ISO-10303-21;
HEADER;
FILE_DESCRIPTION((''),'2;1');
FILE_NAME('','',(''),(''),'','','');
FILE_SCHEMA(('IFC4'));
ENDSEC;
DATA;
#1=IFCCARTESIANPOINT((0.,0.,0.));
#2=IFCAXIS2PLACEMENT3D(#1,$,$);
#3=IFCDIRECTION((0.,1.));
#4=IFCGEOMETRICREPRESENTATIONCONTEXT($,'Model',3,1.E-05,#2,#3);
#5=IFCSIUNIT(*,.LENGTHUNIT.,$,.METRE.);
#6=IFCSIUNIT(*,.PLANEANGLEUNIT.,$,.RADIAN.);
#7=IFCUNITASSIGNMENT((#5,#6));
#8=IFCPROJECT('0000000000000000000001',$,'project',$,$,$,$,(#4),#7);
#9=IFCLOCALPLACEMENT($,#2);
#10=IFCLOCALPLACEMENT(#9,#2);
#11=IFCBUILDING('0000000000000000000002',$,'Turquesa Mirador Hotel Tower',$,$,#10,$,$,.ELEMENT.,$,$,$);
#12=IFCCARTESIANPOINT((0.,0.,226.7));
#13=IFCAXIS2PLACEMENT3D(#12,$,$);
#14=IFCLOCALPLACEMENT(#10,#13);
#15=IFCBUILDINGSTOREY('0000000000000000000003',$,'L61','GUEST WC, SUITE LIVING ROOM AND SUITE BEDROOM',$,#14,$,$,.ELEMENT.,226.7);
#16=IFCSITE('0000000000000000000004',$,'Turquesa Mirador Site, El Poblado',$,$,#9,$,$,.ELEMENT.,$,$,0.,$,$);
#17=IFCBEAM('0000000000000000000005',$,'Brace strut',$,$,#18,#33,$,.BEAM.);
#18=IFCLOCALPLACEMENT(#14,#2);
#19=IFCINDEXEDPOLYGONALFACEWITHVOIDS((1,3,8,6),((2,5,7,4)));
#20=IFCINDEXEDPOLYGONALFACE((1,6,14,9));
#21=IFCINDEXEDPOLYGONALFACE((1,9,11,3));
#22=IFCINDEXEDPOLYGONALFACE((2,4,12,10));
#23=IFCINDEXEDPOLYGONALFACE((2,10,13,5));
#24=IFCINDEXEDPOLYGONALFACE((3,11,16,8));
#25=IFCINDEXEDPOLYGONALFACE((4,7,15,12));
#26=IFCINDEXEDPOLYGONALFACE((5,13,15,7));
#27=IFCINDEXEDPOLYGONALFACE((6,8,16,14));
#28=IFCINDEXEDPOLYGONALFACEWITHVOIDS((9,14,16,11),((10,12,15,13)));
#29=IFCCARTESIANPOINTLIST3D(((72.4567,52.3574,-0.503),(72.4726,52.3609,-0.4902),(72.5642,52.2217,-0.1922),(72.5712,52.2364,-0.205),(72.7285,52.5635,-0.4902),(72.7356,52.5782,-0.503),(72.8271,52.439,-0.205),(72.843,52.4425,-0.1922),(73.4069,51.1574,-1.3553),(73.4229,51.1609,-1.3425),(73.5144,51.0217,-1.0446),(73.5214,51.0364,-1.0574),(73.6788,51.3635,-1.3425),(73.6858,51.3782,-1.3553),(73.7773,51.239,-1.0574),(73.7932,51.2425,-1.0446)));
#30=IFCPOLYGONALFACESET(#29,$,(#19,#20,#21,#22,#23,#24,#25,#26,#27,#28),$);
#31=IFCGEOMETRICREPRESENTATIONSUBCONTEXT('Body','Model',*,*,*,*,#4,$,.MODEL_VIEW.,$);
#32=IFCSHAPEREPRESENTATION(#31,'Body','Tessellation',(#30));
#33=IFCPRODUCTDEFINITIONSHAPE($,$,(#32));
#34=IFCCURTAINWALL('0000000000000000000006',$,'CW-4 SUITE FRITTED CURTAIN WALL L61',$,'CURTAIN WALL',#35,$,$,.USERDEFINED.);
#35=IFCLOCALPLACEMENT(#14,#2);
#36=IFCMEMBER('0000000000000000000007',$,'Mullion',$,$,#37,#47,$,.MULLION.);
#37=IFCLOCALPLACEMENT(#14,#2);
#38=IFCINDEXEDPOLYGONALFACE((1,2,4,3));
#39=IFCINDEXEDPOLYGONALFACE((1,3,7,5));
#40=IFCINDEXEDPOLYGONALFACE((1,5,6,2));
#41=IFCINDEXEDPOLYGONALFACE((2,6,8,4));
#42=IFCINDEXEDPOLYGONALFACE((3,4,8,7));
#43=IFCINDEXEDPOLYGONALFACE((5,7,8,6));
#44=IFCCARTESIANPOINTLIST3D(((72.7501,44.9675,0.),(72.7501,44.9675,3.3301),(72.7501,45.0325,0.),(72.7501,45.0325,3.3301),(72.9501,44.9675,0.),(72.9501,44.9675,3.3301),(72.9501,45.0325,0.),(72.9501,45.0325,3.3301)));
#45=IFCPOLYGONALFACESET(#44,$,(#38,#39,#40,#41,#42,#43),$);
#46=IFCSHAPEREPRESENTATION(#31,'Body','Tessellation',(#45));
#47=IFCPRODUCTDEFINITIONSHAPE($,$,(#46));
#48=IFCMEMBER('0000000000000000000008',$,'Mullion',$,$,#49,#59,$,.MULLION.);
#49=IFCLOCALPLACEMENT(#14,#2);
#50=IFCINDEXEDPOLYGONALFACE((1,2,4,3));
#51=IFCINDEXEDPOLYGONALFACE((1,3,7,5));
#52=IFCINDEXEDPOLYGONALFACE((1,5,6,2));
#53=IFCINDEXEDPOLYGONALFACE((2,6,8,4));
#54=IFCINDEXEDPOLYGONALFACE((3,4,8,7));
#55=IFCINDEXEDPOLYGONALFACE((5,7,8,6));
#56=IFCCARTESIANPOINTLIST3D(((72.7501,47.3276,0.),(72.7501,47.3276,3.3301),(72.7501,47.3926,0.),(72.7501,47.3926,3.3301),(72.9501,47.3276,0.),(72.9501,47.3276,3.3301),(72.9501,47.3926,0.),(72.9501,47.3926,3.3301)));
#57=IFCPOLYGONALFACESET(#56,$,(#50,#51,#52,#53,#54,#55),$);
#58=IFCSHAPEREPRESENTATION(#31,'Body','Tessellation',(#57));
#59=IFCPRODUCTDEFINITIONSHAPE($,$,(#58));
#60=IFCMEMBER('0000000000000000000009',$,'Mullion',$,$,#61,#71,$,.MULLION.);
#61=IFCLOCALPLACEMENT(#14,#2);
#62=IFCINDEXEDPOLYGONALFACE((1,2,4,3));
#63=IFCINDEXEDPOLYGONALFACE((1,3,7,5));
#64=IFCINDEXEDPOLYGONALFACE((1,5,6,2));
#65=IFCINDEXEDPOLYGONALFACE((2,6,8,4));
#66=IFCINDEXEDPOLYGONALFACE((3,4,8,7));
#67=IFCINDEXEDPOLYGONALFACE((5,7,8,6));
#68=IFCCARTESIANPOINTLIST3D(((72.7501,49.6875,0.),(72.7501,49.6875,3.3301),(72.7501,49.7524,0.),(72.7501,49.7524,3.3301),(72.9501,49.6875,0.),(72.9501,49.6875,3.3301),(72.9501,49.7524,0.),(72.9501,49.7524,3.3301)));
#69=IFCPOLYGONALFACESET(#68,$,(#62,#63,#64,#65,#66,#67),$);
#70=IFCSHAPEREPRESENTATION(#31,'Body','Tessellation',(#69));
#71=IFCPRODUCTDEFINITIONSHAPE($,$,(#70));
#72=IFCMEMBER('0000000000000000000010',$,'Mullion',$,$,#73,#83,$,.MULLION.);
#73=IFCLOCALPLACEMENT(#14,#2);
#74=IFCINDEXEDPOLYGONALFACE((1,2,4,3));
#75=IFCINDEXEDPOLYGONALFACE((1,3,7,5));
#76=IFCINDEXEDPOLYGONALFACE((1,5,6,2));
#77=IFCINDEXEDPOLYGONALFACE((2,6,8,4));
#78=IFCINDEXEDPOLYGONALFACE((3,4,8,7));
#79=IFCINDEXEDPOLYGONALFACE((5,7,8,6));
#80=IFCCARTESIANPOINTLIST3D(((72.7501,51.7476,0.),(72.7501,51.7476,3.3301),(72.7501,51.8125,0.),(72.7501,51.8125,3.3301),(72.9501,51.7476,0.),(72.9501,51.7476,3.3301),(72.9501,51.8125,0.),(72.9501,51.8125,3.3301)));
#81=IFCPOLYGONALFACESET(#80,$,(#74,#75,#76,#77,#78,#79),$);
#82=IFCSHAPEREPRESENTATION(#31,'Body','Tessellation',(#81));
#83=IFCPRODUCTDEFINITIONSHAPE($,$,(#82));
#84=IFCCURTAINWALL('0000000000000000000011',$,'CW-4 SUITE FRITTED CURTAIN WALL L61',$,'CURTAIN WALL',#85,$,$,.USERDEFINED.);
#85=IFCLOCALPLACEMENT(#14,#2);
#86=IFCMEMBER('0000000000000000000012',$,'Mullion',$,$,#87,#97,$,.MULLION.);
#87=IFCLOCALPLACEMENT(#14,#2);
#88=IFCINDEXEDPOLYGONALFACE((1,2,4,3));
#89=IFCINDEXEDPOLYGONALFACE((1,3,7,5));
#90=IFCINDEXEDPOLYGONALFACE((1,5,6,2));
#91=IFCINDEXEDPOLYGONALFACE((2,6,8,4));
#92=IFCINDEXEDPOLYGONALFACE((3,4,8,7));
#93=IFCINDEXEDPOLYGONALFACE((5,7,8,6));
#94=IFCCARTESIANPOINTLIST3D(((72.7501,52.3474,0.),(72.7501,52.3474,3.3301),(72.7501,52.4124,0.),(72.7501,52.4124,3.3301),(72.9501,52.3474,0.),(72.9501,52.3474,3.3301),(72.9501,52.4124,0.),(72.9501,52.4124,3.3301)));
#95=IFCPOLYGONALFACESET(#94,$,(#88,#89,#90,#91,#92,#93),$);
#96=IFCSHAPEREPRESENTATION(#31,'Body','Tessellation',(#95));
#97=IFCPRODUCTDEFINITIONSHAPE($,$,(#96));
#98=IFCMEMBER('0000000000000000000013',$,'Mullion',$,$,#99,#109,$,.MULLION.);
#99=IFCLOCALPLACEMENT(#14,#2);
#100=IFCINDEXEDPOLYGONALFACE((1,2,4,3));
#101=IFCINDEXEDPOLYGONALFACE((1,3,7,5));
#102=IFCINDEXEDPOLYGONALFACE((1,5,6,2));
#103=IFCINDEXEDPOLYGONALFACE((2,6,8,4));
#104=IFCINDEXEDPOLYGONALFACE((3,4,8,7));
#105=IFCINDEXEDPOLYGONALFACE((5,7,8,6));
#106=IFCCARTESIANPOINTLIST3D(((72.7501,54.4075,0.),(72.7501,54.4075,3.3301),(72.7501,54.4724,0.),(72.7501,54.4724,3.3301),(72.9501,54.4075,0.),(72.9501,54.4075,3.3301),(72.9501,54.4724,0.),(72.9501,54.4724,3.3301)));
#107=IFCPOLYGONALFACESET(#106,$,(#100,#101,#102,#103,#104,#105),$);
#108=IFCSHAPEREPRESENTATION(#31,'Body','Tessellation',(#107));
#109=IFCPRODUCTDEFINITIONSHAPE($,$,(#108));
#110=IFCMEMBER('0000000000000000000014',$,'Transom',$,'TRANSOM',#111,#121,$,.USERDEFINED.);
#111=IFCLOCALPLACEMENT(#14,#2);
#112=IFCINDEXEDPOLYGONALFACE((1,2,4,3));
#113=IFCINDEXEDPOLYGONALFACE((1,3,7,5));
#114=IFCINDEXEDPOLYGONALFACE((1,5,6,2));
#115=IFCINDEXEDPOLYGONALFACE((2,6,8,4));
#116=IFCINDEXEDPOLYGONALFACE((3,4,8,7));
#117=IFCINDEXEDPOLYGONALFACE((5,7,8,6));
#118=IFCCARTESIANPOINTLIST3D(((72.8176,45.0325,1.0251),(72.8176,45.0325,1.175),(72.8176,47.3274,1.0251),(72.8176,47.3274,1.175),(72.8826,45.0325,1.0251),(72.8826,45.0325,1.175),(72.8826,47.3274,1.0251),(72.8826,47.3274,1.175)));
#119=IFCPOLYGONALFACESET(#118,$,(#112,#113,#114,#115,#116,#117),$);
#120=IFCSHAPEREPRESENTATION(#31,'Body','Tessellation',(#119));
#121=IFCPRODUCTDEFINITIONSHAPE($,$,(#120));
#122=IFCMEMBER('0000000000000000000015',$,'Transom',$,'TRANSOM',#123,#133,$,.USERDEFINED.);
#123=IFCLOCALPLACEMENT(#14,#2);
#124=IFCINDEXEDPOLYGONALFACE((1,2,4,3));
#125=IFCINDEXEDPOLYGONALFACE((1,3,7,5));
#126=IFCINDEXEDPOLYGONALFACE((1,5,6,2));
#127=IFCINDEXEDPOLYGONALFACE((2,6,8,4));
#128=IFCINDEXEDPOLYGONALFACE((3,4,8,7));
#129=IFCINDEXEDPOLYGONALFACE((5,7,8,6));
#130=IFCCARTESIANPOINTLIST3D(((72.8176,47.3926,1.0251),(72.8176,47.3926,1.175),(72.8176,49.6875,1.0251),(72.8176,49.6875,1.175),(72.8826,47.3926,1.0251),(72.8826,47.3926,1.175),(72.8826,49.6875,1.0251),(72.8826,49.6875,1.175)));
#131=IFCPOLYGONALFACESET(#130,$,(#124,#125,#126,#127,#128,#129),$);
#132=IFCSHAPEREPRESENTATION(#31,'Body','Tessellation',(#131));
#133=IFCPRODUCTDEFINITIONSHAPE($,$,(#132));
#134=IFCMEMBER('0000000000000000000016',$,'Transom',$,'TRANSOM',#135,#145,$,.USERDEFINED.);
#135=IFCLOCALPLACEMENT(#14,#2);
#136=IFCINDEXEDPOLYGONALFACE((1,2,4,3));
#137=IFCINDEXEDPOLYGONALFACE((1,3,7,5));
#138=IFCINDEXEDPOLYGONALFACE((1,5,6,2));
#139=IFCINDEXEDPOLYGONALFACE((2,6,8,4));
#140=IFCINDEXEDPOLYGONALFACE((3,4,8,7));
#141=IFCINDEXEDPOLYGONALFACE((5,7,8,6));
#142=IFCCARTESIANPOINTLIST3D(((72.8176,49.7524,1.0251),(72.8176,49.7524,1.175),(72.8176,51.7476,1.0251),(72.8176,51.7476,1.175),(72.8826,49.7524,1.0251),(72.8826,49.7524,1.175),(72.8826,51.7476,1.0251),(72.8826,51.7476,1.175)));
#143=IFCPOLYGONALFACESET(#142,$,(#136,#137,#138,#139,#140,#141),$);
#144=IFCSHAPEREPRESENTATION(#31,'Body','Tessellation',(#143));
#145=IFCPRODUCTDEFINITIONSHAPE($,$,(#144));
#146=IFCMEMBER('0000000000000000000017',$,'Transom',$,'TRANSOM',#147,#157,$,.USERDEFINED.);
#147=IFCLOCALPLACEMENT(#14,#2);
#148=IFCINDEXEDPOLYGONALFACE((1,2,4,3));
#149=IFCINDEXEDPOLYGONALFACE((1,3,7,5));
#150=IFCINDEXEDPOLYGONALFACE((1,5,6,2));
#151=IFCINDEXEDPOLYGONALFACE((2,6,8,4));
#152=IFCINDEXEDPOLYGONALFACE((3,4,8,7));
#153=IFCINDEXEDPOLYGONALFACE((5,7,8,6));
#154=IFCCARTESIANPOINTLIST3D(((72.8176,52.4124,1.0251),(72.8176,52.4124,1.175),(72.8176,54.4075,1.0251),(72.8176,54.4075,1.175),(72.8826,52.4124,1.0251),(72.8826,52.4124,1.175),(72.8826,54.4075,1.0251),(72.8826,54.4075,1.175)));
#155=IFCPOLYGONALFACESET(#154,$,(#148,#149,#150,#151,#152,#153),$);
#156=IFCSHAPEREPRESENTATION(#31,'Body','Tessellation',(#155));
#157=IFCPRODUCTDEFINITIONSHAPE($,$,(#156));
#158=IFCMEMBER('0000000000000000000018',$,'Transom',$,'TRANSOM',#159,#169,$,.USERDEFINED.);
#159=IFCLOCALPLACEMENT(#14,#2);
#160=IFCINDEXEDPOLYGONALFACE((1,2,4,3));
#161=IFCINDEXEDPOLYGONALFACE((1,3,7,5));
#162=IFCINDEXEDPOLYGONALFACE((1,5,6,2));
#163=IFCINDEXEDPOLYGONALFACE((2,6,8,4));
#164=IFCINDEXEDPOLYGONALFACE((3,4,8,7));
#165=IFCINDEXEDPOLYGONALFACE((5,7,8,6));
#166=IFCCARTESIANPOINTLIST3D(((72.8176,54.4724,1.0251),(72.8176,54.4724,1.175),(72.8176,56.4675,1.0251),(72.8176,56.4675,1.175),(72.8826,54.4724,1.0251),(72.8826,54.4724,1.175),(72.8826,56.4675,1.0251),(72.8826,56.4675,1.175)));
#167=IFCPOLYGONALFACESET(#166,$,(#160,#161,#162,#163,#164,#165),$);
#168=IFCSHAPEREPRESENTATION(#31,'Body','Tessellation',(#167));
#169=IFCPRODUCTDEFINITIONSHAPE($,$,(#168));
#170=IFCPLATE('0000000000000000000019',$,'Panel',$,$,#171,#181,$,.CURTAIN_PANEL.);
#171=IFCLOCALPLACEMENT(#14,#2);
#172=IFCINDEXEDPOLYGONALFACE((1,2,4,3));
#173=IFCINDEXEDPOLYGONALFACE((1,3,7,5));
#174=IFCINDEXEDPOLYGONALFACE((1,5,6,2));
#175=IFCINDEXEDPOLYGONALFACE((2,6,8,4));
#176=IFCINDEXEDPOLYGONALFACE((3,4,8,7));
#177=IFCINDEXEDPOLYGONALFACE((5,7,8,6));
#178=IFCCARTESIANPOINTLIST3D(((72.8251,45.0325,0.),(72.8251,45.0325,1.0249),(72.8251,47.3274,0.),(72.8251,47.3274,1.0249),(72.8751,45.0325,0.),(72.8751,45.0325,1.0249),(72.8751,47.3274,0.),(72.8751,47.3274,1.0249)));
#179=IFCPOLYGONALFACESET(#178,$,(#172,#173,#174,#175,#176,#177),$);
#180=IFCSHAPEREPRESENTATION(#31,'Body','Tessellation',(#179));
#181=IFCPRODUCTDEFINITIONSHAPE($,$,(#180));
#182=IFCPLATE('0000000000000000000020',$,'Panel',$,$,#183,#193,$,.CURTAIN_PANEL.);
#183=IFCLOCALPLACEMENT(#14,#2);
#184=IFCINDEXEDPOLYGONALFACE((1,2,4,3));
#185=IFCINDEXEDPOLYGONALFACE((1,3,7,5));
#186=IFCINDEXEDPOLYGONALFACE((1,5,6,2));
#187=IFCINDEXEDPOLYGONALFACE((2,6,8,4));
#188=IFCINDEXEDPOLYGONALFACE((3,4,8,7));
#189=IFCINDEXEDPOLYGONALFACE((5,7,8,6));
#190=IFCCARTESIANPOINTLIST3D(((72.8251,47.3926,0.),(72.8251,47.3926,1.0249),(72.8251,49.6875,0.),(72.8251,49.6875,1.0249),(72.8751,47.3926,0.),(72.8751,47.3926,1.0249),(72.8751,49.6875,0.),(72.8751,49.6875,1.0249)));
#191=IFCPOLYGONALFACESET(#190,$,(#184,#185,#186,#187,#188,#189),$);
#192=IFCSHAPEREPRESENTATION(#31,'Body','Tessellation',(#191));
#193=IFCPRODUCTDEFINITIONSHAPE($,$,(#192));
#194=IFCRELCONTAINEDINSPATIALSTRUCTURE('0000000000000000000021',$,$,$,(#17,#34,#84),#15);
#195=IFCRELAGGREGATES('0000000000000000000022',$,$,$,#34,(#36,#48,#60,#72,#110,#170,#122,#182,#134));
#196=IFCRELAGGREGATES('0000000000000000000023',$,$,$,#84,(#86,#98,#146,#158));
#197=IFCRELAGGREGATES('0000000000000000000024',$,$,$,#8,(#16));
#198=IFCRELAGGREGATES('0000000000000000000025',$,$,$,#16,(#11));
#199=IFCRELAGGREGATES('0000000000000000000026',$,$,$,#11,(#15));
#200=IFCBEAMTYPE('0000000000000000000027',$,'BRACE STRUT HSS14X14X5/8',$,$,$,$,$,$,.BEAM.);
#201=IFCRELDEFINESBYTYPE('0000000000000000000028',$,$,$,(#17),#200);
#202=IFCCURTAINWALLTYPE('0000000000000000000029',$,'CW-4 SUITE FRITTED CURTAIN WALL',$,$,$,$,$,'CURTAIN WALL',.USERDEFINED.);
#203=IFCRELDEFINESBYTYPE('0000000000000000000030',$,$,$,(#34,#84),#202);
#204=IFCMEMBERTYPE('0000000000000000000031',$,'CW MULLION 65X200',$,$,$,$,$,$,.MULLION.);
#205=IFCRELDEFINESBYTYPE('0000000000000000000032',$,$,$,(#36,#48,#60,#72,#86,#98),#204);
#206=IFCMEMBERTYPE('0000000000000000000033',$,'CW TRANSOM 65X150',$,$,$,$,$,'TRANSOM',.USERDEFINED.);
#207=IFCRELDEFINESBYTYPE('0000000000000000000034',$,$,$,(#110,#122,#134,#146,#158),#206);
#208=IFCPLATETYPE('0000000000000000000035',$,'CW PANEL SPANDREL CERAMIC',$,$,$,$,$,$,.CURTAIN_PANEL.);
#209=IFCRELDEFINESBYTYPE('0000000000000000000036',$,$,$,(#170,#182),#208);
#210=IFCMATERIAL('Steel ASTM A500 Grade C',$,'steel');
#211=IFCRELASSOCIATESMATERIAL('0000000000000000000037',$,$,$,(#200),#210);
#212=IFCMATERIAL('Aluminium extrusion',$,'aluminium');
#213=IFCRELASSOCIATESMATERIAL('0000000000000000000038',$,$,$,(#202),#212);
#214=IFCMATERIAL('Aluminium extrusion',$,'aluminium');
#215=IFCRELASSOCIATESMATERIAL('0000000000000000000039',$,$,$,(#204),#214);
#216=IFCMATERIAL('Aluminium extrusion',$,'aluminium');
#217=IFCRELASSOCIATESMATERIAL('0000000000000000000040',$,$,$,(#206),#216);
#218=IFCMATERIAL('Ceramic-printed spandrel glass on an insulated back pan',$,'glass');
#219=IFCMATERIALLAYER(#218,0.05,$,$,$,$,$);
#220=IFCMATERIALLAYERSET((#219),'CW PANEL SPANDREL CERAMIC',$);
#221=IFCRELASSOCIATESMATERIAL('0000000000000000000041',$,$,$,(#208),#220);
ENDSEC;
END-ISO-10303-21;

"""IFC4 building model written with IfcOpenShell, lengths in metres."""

from ifc_helpers import new_model, si_unit, direction, frame, origin, origin_2d, place, context, subcontext, project, spatial, rectangle, hollow_rectangle, extrude, material, layer, layer_set, material_profile, profile_set, type_object, element, aggregate, save


model = new_model("IFC4")

# Units and contexts
model_context = context("Model", 3, precision=1e-05, world=origin(), true_north=direction((0.0, 1.0)))
body_context = subcontext(model_context, "Body", "Model", "MODEL_VIEW")
ifc_project = project(units=[si_unit("LENGTHUNIT", "METRE"), si_unit("PLANEANGLEUNIT", "RADIAN")], contexts=[model_context])

# Site, building, storey
site_placement = place(None, origin())
site = spatial("IfcSite", under=ifc_project, at=site_placement, Name="Turquesa Mirador Site, El Poblado", CompositionType="ELEMENT", RefElevation=0.0)
building_placement = place(site_placement, origin())
building = spatial("IfcBuilding", under=site, at=building_placement, Name="Turquesa Mirador Hotel Tower", CompositionType="ELEMENT")
storey_placement = place(building_placement, frame((0.0, 0.0, 226.7)))
storey = spatial("IfcBuildingStorey", under=building, at=storey_placement, Name="L61", Description="GUEST WC, SUITE LIVING ROOM AND SUITE BEDROOM", CompositionType="ELEMENT", Elevation=226.7)

# Beam
ifc_material_1 = material(Name="Steel ASTM A500 Grade C", Category="steel")
ifc_material_profile_1 = material_profile(ifc_material_1, hollow_rectangle(XDim=0.3557, YDim=0.3557, WallThickness=0.0146, at=origin_2d()), Name="HSS14X14X5/8")
ifc_profile_set_1 = profile_set([ifc_material_profile_1], Name="Steel ASTM A500 Grade C")
beam_type_1 = type_object("IfcBeamType", Name="BRACE STRUT HSS14X14X5/8", PredefinedType="BEAM", material=ifc_profile_set_1)
for number, where, z_axis, x_axis, name in (
    (1, (73.6001, 51.2, -1.2), (-0.542379, 0.684942, 0.486497), (-0.783971, -0.620797, 0.0), "Brace strut"),
):
    element("IfcBeam", number, at=place(storey_placement, frame(where, z_axis=z_axis, x_axis=x_axis)), inside=storey, type_object=beam_type_1, Name=name, PredefinedType="BEAM", context=body_context, shape_type="SweptSolid", body=[
        extrude(hollow_rectangle(XDim=0.3557, YDim=0.3557, WallThickness=0.0146, at=origin_2d()), origin(), (0.0, 0.0, 1.0), 1.752),
    ])

# Curtain walls, members
ifc_material_2 = material(Name="Aluminium extrusion", Category="aluminium")
curtain_wall_type = type_object("IfcCurtainWallType", Name="CW-4 SUITE FRITTED CURTAIN WALL", ElementType="CURTAIN WALL", PredefinedType="USERDEFINED", material=ifc_material_2)
curtain_wall_1_placement = place(storey_placement, origin())
curtain_wall_1 = element("IfcCurtainWall", 2, at=curtain_wall_1_placement, inside=storey, type_object=curtain_wall_type, Name="CW-4 SUITE FRITTED CURTAIN WALL L61", ObjectType="CURTAIN WALL", PredefinedType="USERDEFINED")
ifc_material_3 = material(Name="Aluminium extrusion", Category="aluminium")
ifc_material_profile_2 = material_profile(ifc_material_3, rectangle(XDim=0.0649, YDim=0.2, at=origin_2d()), Name="MULLION 65X200")
ifc_profile_set_2 = profile_set([ifc_material_profile_2], Name="Aluminium extrusion")
member_type_1 = type_object("IfcMemberType", Name="CW MULLION 65X200", PredefinedType="MULLION", material=ifc_profile_set_2)
member_1_placement = place(storey_placement, frame((72.8501, 45.0, 0.0), z_axis=(0.0, 0.0, 1.0), x_axis=(0.0, 1.0, 0.0)))
member_1 = element("IfcMember", 3, at=member_1_placement, type_object=member_type_1, Name="Mullion", PredefinedType="MULLION", context=body_context, shape_type="SweptSolid", body=[
    extrude(rectangle(XDim=0.0649, YDim=0.2, at=origin_2d()), origin(), (0.0, 0.0, 1.0), 3.3301),
])
member_2_placement = place(storey_placement, frame((72.8501, 47.3601, 0.0), z_axis=(0.0, 0.0, 1.0), x_axis=(0.0, 1.0, 0.0)))
member_2 = element("IfcMember", 4, at=member_2_placement, type_object=member_type_1, Name="Mullion", PredefinedType="MULLION", context=body_context, shape_type="SweptSolid", body=[
    extrude(rectangle(XDim=0.0649, YDim=0.2, at=origin_2d()), origin(), (0.0, 0.0, 1.0), 3.3301),
])
member_3_placement = place(storey_placement, frame((72.8501, 49.72, 0.0), z_axis=(0.0, 0.0, 1.0), x_axis=(0.0, 1.0, 0.0)))
member_3 = element("IfcMember", 5, at=member_3_placement, type_object=member_type_1, Name="Mullion", PredefinedType="MULLION", context=body_context, shape_type="SweptSolid", body=[
    extrude(rectangle(XDim=0.0649, YDim=0.2, at=origin_2d()), origin(), (0.0, 0.0, 1.0), 3.3301),
])
member_4_placement = place(storey_placement, frame((72.8501, 51.78, 0.0), z_axis=(0.0, 0.0, 1.0), x_axis=(0.0, 1.0, 0.0)))
member_4 = element("IfcMember", 6, at=member_4_placement, type_object=member_type_1, Name="Mullion", PredefinedType="MULLION", context=body_context, shape_type="SweptSolid", body=[
    extrude(rectangle(XDim=0.0649, YDim=0.2, at=origin_2d()), origin(), (0.0, 0.0, 1.0), 3.3301),
])
curtain_wall_2_placement = place(storey_placement, origin())
curtain_wall_2 = element("IfcCurtainWall", 7, at=curtain_wall_2_placement, inside=storey, type_object=curtain_wall_type, Name="CW-4 SUITE FRITTED CURTAIN WALL L61", ObjectType="CURTAIN WALL", PredefinedType="USERDEFINED")
member_5_placement = place(storey_placement, frame((72.8501, 52.3799, 0.0), z_axis=(0.0, 0.0, 1.0), x_axis=(0.0, 1.0, 0.0)))
member_5 = element("IfcMember", 8, at=member_5_placement, type_object=member_type_1, Name="Mullion", PredefinedType="MULLION", context=body_context, shape_type="SweptSolid", body=[
    extrude(rectangle(XDim=0.0649, YDim=0.2, at=origin_2d()), origin(), (0.0, 0.0, 1.0), 3.3301),
])
member_6_placement = place(storey_placement, frame((72.8501, 54.4399, 0.0), z_axis=(0.0, 0.0, 1.0), x_axis=(0.0, 1.0, 0.0)))
member_6 = element("IfcMember", 9, at=member_6_placement, type_object=member_type_1, Name="Mullion", PredefinedType="MULLION", context=body_context, shape_type="SweptSolid", body=[
    extrude(rectangle(XDim=0.0649, YDim=0.2, at=origin_2d()), origin(), (0.0, 0.0, 1.0), 3.3301),
])

# Members
ifc_material_4 = material(Name="Aluminium extrusion", Category="aluminium")
ifc_material_profile_3 = material_profile(ifc_material_4, rectangle(XDim=0.0649, YDim=0.1499, at=origin_2d()), Name="TRANSOM 65X150")
ifc_profile_set_3 = profile_set([ifc_material_profile_3], Name="Aluminium extrusion")
member_type_2 = type_object("IfcMemberType", Name="CW TRANSOM 65X150", ElementType="TRANSOM", PredefinedType="USERDEFINED", material=ifc_profile_set_3)
member_7_placement = place(storey_placement, frame((72.8501, 45.0325, 1.1001), z_axis=(0.0, 1.0, 0.0), x_axis=(-1.0, 0.0, 0.0)))
member_7 = element("IfcMember", 10, at=member_7_placement, type_object=member_type_2, Name="Transom", ObjectType="TRANSOM", PredefinedType="USERDEFINED", context=body_context, shape_type="SweptSolid", body=[
    extrude(rectangle(XDim=0.0649, YDim=0.1499, at=origin_2d()), origin(), (0.0, 0.0, 1.0), 2.2949),
])
member_8_placement = place(storey_placement, frame((72.8501, 47.3926, 1.1001), z_axis=(0.0, 1.0, 0.0), x_axis=(-1.0, 0.0, 0.0)))
member_8 = element("IfcMember", 11, at=member_8_placement, type_object=member_type_2, Name="Transom", ObjectType="TRANSOM", PredefinedType="USERDEFINED", context=body_context, shape_type="SweptSolid", body=[
    extrude(rectangle(XDim=0.0649, YDim=0.1499, at=origin_2d()), origin(), (0.0, 0.0, 1.0), 2.2949),
])
member_9_placement = place(storey_placement, frame((72.8501, 49.7524, 1.1001), z_axis=(0.0, 1.0, 0.0), x_axis=(-1.0, 0.0, 0.0)))
member_9 = element("IfcMember", 12, at=member_9_placement, type_object=member_type_2, Name="Transom", ObjectType="TRANSOM", PredefinedType="USERDEFINED", context=body_context, shape_type="SweptSolid", body=[
    extrude(rectangle(XDim=0.0649, YDim=0.1499, at=origin_2d()), origin(), (0.0, 0.0, 1.0), 1.9951),
])
member_10_placement = place(storey_placement, frame((72.8501, 52.4124, 1.1001), z_axis=(0.0, 1.0, 0.0), x_axis=(-1.0, 0.0, 0.0)))
member_10 = element("IfcMember", 13, at=member_10_placement, type_object=member_type_2, Name="Transom", ObjectType="TRANSOM", PredefinedType="USERDEFINED", context=body_context, shape_type="SweptSolid", body=[
    extrude(rectangle(XDim=0.0649, YDim=0.1499, at=origin_2d()), origin(), (0.0, 0.0, 1.0), 1.9951),
])
member_11_placement = place(storey_placement, frame((72.8501, 54.4724, 1.1001), z_axis=(0.0, 1.0, 0.0), x_axis=(-1.0, 0.0, 0.0)))
member_11 = element("IfcMember", 14, at=member_11_placement, type_object=member_type_2, Name="Transom", ObjectType="TRANSOM", PredefinedType="USERDEFINED", context=body_context, shape_type="SweptSolid", body=[
    extrude(rectangle(XDim=0.0649, YDim=0.1499, at=origin_2d()), origin(), (0.0, 0.0, 1.0), 1.9951),
])

# Plates
ifc_material_5 = material(Name="Ceramic-printed spandrel glass on an insulated back pan", Category="glass")
ifc_layer_1 = layer(ifc_material_5, 0.05)
ifc_layer_set_1 = layer_set([ifc_layer_1], Name="CW PANEL SPANDREL CERAMIC")
plate_type_1 = type_object("IfcPlateType", Name="CW PANEL SPANDREL CERAMIC", PredefinedType="CURTAIN_PANEL", material=ifc_layer_set_1)
plate_1_placement = place(storey_placement, frame((72.8501, 46.1799, 0.0), z_axis=(0.0, 0.0, 1.0), x_axis=(0.0, 1.0, 0.0)))
plate_1 = element("IfcPlate", 15, at=plate_1_placement, type_object=plate_type_1, Name="Panel", PredefinedType="CURTAIN_PANEL", context=body_context, shape_type="SweptSolid", body=[
    extrude(rectangle(XDim=2.2949, YDim=0.05, at=origin_2d()), origin(), (0.0, 0.0, 1.0), 1.0249),
])
plate_2_placement = place(storey_placement, frame((72.8501, 48.54, 0.0), z_axis=(0.0, 0.0, 1.0), x_axis=(0.0, 1.0, 0.0)))
plate_2 = element("IfcPlate", 16, at=plate_2_placement, type_object=plate_type_1, Name="Panel", PredefinedType="CURTAIN_PANEL", context=body_context, shape_type="SweptSolid", body=[
    extrude(rectangle(XDim=2.2949, YDim=0.05, at=origin_2d()), origin(), (0.0, 0.0, 1.0), 1.0249),
])
aggregate(curtain_wall_1, [member_1, member_2, member_3, member_4, member_7, plate_1, member_8, plate_2, member_9])
aggregate(curtain_wall_2, [member_5, member_6, member_10, member_11])

save(model, "model.ifc")
